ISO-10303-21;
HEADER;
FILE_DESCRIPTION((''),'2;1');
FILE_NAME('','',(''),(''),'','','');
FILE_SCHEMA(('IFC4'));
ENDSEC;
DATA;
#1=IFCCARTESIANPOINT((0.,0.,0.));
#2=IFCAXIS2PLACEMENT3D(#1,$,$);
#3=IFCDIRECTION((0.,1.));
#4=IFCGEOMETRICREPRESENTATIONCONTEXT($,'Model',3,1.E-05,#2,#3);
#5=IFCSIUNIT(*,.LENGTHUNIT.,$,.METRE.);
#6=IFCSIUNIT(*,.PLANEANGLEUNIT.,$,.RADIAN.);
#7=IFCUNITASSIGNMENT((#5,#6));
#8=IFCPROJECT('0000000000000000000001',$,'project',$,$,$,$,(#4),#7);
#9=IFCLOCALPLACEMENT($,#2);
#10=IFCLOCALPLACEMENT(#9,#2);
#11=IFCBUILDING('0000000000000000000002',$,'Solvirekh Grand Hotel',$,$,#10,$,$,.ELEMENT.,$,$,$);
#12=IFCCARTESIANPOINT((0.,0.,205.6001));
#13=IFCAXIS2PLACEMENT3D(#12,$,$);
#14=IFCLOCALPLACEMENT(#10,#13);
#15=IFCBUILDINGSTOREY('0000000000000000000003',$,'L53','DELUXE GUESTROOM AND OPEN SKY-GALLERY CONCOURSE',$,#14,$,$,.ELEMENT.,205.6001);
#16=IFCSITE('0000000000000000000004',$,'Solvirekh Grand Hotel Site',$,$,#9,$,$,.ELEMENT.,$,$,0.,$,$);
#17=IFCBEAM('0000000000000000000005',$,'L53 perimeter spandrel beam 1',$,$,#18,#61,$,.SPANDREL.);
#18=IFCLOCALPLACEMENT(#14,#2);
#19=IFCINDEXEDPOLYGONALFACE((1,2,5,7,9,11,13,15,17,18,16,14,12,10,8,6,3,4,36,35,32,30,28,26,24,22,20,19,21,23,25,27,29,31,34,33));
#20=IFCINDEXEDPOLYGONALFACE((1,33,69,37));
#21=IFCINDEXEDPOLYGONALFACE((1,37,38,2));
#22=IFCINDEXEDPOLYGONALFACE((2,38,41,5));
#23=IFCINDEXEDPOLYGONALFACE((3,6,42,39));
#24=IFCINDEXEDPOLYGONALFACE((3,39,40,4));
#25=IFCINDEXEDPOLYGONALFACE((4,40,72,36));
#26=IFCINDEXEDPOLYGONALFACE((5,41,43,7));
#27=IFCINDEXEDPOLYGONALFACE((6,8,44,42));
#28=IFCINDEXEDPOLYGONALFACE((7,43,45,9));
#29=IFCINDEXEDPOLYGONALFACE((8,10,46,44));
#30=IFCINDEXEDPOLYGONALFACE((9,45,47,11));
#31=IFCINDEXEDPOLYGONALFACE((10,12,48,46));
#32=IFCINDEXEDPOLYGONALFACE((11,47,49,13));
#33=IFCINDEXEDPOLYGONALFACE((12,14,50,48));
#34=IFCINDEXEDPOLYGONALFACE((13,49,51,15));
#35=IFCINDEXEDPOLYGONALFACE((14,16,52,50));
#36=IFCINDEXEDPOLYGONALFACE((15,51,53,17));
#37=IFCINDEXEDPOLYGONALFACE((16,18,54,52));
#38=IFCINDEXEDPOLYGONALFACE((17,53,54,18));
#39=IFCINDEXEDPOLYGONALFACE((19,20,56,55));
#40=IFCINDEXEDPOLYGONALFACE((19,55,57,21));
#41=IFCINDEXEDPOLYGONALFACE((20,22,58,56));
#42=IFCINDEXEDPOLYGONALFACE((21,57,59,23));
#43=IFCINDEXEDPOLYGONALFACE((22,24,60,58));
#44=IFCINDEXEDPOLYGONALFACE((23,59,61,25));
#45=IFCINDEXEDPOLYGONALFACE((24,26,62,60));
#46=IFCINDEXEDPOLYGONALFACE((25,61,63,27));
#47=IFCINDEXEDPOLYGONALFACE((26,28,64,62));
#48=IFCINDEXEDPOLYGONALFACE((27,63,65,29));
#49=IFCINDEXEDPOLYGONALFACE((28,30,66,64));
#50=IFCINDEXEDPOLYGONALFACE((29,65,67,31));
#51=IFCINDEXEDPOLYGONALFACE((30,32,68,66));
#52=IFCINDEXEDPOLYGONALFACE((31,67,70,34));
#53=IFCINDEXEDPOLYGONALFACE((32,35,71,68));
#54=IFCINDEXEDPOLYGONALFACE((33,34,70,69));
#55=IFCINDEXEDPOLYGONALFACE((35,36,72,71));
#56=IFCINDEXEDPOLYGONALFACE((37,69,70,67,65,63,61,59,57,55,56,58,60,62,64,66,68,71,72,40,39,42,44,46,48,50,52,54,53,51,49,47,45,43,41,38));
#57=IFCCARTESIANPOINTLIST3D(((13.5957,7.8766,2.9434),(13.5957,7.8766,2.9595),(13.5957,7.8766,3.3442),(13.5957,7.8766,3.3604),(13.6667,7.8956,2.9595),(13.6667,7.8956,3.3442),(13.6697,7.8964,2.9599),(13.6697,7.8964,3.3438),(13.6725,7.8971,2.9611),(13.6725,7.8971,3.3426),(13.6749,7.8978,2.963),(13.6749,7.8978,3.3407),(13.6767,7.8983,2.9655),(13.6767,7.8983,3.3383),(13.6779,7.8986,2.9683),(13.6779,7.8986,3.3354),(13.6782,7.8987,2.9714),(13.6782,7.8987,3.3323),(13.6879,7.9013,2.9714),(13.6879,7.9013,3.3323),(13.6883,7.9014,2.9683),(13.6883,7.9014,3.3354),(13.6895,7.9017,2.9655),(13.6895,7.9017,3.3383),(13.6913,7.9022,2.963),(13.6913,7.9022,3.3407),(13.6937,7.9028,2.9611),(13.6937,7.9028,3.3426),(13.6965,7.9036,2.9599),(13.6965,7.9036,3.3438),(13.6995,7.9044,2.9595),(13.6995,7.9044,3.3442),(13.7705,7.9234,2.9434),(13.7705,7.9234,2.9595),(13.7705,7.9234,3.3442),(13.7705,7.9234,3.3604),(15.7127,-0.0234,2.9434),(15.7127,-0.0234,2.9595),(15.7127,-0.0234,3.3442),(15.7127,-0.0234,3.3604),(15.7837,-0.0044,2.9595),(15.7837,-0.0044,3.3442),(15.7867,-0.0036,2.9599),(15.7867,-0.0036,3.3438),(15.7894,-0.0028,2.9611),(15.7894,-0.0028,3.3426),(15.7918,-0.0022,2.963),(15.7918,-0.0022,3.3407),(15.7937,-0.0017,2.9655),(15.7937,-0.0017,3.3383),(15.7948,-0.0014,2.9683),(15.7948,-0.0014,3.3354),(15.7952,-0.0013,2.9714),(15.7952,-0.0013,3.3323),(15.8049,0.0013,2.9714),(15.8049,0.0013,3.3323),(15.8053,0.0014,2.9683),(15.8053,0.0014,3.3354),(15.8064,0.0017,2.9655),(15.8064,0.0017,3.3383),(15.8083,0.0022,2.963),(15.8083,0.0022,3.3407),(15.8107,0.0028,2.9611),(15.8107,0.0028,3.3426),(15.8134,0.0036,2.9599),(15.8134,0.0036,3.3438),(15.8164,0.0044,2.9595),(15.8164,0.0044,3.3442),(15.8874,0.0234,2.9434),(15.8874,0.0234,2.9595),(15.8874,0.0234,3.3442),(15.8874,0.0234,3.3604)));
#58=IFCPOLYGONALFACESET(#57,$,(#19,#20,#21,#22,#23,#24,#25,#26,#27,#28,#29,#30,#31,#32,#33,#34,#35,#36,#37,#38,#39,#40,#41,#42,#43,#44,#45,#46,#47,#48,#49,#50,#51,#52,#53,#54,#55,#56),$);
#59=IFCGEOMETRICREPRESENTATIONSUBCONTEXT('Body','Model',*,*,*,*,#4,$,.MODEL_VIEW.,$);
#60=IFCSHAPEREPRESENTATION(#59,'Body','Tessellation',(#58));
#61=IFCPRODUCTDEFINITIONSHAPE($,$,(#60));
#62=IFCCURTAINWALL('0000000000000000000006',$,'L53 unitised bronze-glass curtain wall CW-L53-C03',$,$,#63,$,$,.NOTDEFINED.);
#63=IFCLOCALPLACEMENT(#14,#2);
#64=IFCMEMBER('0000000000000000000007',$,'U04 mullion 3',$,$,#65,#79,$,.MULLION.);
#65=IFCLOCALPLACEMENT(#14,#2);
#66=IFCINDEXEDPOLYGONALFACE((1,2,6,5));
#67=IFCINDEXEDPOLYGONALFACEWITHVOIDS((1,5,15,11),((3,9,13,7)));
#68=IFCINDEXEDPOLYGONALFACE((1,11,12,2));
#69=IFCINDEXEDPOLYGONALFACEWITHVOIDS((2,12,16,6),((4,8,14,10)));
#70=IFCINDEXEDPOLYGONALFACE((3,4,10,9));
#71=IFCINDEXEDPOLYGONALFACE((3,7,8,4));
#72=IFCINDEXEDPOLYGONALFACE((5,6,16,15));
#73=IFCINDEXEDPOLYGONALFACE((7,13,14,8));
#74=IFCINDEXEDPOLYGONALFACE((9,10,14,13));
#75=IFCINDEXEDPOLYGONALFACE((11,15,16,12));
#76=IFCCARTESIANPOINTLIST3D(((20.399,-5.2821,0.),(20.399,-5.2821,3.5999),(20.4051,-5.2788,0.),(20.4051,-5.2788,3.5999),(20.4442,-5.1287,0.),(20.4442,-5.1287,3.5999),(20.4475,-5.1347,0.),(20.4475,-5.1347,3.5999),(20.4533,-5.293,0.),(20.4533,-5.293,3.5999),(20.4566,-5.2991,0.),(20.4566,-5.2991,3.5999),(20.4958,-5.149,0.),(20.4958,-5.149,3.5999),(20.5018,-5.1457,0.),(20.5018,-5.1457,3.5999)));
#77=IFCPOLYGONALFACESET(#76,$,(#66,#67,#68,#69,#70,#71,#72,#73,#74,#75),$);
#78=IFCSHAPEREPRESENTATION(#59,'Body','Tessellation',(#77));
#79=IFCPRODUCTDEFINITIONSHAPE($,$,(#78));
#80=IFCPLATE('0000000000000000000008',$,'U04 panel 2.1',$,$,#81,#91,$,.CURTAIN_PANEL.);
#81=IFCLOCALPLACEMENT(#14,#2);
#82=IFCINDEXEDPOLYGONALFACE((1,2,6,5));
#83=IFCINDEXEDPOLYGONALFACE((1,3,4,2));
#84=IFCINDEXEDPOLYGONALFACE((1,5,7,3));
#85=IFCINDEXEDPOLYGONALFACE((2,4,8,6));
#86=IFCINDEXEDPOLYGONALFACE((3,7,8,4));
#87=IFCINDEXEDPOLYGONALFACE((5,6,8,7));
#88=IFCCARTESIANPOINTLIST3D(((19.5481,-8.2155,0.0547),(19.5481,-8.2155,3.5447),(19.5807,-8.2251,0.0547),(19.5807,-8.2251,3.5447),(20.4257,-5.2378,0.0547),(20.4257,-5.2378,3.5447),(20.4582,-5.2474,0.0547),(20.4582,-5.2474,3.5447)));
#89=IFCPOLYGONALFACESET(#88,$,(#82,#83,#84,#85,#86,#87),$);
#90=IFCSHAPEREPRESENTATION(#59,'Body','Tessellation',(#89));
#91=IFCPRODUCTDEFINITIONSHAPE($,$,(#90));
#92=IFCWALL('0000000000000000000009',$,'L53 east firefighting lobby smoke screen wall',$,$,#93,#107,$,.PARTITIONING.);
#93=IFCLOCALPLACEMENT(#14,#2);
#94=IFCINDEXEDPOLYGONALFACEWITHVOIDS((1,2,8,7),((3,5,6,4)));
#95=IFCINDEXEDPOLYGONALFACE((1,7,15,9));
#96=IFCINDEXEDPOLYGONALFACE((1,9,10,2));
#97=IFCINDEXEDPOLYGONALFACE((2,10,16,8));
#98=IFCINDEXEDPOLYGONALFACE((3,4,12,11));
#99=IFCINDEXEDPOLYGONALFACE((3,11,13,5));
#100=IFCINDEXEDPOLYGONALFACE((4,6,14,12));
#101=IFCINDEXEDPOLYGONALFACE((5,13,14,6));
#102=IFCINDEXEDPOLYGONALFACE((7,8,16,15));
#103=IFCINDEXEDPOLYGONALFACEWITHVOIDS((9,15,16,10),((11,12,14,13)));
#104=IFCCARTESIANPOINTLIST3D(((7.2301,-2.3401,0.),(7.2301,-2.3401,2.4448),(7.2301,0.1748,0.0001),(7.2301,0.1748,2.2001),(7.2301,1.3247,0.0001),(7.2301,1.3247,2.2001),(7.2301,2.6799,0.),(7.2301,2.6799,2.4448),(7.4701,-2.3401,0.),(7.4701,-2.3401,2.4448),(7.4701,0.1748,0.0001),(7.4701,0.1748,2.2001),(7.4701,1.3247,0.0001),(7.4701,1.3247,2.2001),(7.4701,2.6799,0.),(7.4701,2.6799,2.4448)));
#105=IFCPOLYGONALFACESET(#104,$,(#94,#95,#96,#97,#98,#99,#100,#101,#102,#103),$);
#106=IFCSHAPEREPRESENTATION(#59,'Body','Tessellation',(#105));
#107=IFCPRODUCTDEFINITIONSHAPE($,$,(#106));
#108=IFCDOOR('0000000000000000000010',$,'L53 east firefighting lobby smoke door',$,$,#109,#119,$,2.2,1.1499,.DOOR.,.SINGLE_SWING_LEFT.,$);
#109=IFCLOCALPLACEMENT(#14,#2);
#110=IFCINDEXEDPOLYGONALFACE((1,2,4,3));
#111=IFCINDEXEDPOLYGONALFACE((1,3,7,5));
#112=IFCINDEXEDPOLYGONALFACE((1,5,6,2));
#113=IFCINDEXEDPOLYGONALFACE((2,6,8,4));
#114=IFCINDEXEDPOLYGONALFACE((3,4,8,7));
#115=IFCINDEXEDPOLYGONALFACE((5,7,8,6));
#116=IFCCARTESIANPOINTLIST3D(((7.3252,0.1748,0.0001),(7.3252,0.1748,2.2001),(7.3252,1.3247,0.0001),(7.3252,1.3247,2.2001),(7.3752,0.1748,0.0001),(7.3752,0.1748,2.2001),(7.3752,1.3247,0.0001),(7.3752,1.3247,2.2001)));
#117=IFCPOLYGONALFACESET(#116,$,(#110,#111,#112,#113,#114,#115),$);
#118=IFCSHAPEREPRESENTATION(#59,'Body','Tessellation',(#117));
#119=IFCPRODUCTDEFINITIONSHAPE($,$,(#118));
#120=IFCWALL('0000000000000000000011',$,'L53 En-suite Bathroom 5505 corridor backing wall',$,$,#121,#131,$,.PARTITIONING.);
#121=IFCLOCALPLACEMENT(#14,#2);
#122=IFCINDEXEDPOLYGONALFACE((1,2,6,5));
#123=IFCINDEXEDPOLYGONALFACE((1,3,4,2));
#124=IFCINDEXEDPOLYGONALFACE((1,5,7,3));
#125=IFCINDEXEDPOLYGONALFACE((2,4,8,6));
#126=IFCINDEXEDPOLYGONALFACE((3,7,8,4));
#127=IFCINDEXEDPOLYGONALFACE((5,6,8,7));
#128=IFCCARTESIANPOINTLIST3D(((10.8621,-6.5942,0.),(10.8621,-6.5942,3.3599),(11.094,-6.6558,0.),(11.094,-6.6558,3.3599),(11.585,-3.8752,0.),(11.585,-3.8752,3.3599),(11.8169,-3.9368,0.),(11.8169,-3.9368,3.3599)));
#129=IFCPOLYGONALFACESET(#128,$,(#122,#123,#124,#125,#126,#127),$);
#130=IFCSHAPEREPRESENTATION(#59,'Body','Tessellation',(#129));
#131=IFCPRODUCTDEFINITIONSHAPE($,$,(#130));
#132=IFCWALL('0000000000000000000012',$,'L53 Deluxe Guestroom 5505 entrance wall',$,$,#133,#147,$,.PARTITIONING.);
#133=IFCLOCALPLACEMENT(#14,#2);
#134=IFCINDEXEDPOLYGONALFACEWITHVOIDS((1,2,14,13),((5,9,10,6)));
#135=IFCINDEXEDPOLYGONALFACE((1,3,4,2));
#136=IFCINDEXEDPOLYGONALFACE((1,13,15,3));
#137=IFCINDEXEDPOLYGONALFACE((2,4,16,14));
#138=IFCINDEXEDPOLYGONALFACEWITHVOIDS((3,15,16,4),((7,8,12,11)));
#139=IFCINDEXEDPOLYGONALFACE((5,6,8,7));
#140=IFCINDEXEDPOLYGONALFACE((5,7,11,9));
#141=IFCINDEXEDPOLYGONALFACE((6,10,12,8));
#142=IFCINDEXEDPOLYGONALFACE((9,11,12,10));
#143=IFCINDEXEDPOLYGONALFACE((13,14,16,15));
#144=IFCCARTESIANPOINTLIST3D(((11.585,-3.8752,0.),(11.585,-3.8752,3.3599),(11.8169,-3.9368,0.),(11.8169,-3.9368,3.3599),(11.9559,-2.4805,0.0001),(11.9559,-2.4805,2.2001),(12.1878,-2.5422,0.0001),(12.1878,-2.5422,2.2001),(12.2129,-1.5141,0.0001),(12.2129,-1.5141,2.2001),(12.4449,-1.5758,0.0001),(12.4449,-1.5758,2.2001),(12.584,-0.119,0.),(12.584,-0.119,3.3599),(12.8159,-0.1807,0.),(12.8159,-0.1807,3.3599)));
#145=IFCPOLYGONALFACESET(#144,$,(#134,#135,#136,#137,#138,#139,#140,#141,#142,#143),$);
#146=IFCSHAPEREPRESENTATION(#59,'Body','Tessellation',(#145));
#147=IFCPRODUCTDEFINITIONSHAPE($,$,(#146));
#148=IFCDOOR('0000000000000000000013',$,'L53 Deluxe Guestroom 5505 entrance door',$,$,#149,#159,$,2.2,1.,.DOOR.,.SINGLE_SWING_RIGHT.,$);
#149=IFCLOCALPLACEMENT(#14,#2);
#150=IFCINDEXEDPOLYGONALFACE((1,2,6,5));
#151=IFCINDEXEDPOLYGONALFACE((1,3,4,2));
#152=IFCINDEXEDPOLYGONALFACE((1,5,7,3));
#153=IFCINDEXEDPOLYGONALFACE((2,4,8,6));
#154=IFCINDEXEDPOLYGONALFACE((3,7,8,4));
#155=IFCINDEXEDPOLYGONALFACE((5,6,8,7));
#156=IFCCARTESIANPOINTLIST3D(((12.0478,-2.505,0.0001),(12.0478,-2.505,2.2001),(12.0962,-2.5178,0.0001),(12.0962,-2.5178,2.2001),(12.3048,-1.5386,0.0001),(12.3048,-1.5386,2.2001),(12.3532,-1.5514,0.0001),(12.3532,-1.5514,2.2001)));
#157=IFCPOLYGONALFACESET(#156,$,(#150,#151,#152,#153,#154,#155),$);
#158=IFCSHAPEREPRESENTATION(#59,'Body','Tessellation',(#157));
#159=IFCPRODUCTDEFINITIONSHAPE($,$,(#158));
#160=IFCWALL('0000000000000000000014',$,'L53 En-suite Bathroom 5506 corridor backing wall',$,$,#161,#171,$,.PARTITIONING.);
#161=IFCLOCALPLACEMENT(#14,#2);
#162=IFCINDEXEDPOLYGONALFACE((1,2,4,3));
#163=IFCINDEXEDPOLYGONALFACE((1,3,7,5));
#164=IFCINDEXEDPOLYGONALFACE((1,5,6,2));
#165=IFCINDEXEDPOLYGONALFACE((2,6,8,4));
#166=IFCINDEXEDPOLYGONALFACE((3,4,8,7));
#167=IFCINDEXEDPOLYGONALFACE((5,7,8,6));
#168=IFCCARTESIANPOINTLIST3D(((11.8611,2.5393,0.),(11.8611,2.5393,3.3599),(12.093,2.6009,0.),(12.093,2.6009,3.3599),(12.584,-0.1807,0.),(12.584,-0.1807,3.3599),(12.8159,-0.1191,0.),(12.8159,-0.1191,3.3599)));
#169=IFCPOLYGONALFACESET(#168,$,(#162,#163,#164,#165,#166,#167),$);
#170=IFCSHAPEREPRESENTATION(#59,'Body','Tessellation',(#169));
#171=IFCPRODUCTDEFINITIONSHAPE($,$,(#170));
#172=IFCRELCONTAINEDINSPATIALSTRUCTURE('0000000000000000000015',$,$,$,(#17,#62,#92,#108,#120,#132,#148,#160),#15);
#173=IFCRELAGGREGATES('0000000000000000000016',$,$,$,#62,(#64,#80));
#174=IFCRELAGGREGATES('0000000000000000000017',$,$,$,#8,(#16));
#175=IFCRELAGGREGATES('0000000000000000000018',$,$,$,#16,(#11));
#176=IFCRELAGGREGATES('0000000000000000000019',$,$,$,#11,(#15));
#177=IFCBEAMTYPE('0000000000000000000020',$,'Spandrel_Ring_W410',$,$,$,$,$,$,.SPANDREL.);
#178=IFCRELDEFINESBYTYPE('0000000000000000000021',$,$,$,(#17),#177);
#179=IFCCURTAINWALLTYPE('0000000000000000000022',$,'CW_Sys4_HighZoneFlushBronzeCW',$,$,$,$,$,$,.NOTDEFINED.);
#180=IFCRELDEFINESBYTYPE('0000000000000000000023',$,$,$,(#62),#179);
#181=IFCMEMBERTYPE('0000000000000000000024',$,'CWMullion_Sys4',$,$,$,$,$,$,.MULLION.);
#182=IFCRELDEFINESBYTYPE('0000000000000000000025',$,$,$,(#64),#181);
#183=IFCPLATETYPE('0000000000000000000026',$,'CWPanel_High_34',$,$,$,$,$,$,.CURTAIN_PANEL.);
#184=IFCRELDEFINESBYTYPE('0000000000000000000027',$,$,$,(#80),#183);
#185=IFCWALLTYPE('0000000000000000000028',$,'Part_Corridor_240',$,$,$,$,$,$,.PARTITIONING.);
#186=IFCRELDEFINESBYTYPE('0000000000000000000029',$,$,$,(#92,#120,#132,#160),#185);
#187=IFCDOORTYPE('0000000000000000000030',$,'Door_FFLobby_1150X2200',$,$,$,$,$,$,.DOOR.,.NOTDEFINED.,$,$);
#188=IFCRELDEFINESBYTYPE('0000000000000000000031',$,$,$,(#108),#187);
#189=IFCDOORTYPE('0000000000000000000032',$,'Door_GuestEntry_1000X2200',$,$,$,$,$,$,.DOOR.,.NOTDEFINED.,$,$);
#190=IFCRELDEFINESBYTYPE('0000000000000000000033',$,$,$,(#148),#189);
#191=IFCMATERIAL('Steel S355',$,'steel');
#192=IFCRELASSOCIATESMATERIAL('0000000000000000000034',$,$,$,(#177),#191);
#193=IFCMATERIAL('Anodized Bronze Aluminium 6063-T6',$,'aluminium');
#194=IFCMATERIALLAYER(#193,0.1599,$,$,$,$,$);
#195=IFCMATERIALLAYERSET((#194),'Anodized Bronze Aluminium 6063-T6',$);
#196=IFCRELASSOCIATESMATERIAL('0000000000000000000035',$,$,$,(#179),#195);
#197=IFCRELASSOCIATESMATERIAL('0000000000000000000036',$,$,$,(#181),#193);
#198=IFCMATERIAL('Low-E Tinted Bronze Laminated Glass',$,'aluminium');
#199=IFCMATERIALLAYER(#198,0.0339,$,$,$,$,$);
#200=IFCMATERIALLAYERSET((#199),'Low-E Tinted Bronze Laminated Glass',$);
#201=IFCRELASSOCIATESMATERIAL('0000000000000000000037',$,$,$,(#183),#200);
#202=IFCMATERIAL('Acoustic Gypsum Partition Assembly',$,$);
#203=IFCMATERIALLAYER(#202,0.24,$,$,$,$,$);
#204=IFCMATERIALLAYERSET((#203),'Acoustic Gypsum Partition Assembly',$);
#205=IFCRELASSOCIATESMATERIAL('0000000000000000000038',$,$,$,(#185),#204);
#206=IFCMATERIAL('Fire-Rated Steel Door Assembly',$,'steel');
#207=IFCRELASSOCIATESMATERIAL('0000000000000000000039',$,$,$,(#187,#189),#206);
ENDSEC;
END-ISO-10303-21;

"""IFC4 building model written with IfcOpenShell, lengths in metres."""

from ifc_helpers import new_model, si_unit, direction, frame, frame_2d, origin, origin_2d, place, context, subcontext, project, spatial, rectangle, hollow_rectangle, i_section, extrude, source, transform, mapped, material, layer, layer_set, material_profile, profile_set, type_object, element, fill, aggregate, save


model = new_model("IFC4")

# Units and contexts
model_context = context("Model", 3, precision=1e-05, world=origin(), true_north=direction((0.0, 1.0)))
body_context = subcontext(model_context, "Body", "Model", "MODEL_VIEW")
ifc_project = project(units=[si_unit("LENGTHUNIT", "METRE"), si_unit("PLANEANGLEUNIT", "RADIAN")], contexts=[model_context])

# Site, building, storey
site_placement = place(None, origin())
site = spatial("IfcSite", under=ifc_project, at=site_placement, Name="Solvirekh Grand Hotel Site", CompositionType="ELEMENT", RefElevation=0.0)
building_placement = place(site_placement, origin())
building = spatial("IfcBuilding", under=site, at=building_placement, Name="Solvirekh Grand Hotel", CompositionType="ELEMENT")
storey_placement = place(building_placement, frame((0.0, 0.0, 205.6001)))
storey = spatial("IfcBuildingStorey", under=building, at=storey_placement, Name="L53", Description="DELUXE GUESTROOM AND OPEN SKY-GALLERY CONCOURSE", CompositionType="ELEMENT", Elevation=205.6001)

# Beam
ifc_material_1 = material(Name="Steel S355", Category="steel")
ifc_material_profile_1 = material_profile(ifc_material_1, i_section(OverallWidth=0.1809, OverallDepth=0.417, WebThickness=0.01, FlangeThickness=0.0161, FilletRadius=0.012, at=origin_2d()), Name="W410X85")
ifc_profile_set_1 = profile_set([ifc_material_profile_1], Name="Steel S355")
beam_type_1 = type_object("IfcBeamType", Name="Spandrel_Ring_W410", PredefinedType="SPANDREL", material=ifc_profile_set_1)
beam_1_placement = place(storey_placement, frame((15.8, 0.0, 3.1519), z_axis=(-0.258839, 0.965921, 0.0), x_axis=(-0.965921, -0.258839, 0.0)))
element("IfcBeam", 1, at=beam_1_placement, inside=storey, type_object=beam_type_1, Name="L53 perimeter spandrel beam 1", PredefinedType="SPANDREL", context=body_context, shape_type="SweptSolid", body=[
    extrude(i_section(OverallWidth=0.1809, OverallDepth=0.417, WebThickness=0.01, FlangeThickness=0.0161, FilletRadius=0.012, at=origin_2d()), origin(), (0.0, 0.0, 1.0), 8.1787),
])

# Curtain wall, member, plate
ifc_material_2 = material(Name="Anodized Bronze Aluminium 6063-T6", Category="aluminium")
ifc_layer_1 = layer(ifc_material_2, 0.1599)
ifc_layer_set_1 = layer_set([ifc_layer_1], Name="Anodized Bronze Aluminium 6063-T6")
curtain_wall_type = type_object("IfcCurtainWallType", Name="CW_Sys4_HighZoneFlushBronzeCW", PredefinedType="NOTDEFINED", material=ifc_layer_set_1)
curtain_wall_placement = place(storey_placement, origin())
curtain_wall = element("IfcCurtainWall", 2, at=curtain_wall_placement, inside=storey, type_object=curtain_wall_type, Name="L53 unitised bronze-glass curtain wall CW-L53-C03", PredefinedType="NOTDEFINED")
ifc_material_profile_2 = material_profile(ifc_material_2, hollow_rectangle(XDim=0.0601, YDim=0.1599, WallThickness=0.0049, at=origin_2d()), Name="ALU RHS 160X60X5")
ifc_profile_set_2 = profile_set([ifc_material_profile_2], Name="Anodized Bronze Aluminium 6063-T6")
member_type = type_object("IfcMemberType", Name="CWMullion_Sys4", PredefinedType="MULLION", material=ifc_profile_set_2)
shared_shape_1 = source(origin(), body_context, "Body", "SweptSolid", [
    extrude(hollow_rectangle(XDim=0.0601, YDim=0.1599, WallThickness=0.0049, at=origin_2d()), origin(), (0.0, 0.0, 1.0), 3.5999),
])
member_placement = place(storey_placement, frame((20.4504, -5.2139, 0.0), z_axis=(0.0, 0.0, 1.0), x_axis=(-0.959211, 0.282692, 0.0)))
member = element("IfcMember", 3, at=member_placement, type_object=member_type, Name="U04 mullion 3", PredefinedType="MULLION", context=body_context, shape_type="MappedRepresentation", body=[
    mapped(shared_shape_1, transform((0.0, 0.0, 0.0), x_axis=(1.0, 0.0, 0.0), y_axis=(0.0, 1.0, 0.0), z_axis=(0.0, 0.0, 1.0), scale=1.0)),
])
ifc_material_3 = material(Name="Low-E Tinted Bronze Laminated Glass", Category="aluminium")
ifc_layer_2 = layer(ifc_material_3, 0.0339)
ifc_layer_set_2 = layer_set([ifc_layer_2], Name="Low-E Tinted Bronze Laminated Glass")
plate_type = type_object("IfcPlateType", Name="CWPanel_High_34", PredefinedType="CURTAIN_PANEL", material=ifc_layer_set_2)
shared_shape_2 = source(origin(), body_context, "Body", "SweptSolid", [
    extrude(rectangle(XDim=3.1042, YDim=0.0339, at=origin_2d()), origin(), (0.0, 0.0, 1.0), 3.49),
])
plate_placement = place(storey_placement, frame((20.0032, -6.7314, 0.0547), z_axis=(0.0, 0.0, 1.0), x_axis=(0.282692, 0.959211, 0.0)))
plate = element("IfcPlate", 4, at=plate_placement, type_object=plate_type, Name="U04 panel 2.1", PredefinedType="CURTAIN_PANEL", context=body_context, shape_type="MappedRepresentation", body=[
    mapped(shared_shape_2, transform((0.0, 0.0, 0.0), x_axis=(1.0, 0.0, 0.0), y_axis=(0.0, 1.0, 0.0), z_axis=(0.0, 0.0, 1.0), scale=1.0)),
])
aggregate(curtain_wall, [member, plate])

# Wall, opening, door
ifc_material_4 = material(Name="Acoustic Gypsum Partition Assembly")
ifc_layer_3 = layer(ifc_material_4, 0.24)
ifc_layer_set_3 = layer_set([ifc_layer_3], Name="Acoustic Gypsum Partition Assembly")
wall_type_1 = type_object("IfcWallType", Name="Part_Corridor_240", PredefinedType="PARTITIONING", material=ifc_layer_set_3)
wall_1_placement = place(storey_placement, frame((7.3501, -2.3401, 0.0), z_axis=(0.0, 0.0, 1.0), x_axis=(0.0, 1.0, 0.0)))
wall_1 = element("IfcWall", 5, at=wall_1_placement, inside=storey, type_object=wall_type_1, Name="L53 east firefighting lobby smoke screen wall", PredefinedType="PARTITIONING", context=body_context, shape_type="SweptSolid", body=[
    extrude(rectangle(XDim=5.02, YDim=0.24, at=frame_2d((2.51, 0.0))), origin(), (0.0, 0.0, 1.0), 2.4448),
])
opening_1_placement = place(wall_1_placement, frame((2.5149, 0.0, 0.0)))
opening_1 = element("IfcOpeningElement", 6, at=opening_1_placement, cuts=wall_1, PredefinedType="OPENING", context=body_context, shape_type="SweptSolid", body=[
    extrude(rectangle(XDim=1.1499, YDim=2.2, at=frame_2d((0.575, 1.1001))), frame((0.0, 0.1299, 0.0), z_axis=(0.0, -1.0, 0.0), x_axis=(1.0, 0.0, 0.0)), (0.0, 0.0, 1.0), 0.26),
])
ifc_material_5 = material(Name="Fire-Rated Steel Door Assembly", Category="steel")
door_type_1 = type_object("IfcDoorType", Name="Door_FFLobby_1150X2200", OperationType="NOTDEFINED", PredefinedType="DOOR", material=ifc_material_5)
door_1_placement = place(opening_1_placement, origin())
door_1 = element("IfcDoor", 7, at=door_1_placement, inside=storey, type_object=door_type_1, Name="L53 east firefighting lobby smoke door", OperationType="SINGLE_SWING_LEFT", OverallHeight=2.2, OverallWidth=1.1499, PredefinedType="DOOR", context=body_context, shape_type="SweptSolid", body=[
    extrude(rectangle(XDim=1.1499, YDim=2.2, at=frame_2d((0.575, 1.1001))), frame((0.0, 0.0249, 0.0), z_axis=(0.0, -1.0, 0.0), x_axis=(1.0, 0.0, 0.0)), (0.0, 0.0, 1.0), 0.05),
])
fill(opening_1, door_1)

# Wall
wall_2_placement = place(storey_placement, frame((10.978, -6.625, 0.0), z_axis=(0.0, 0.0, 1.0), x_axis=(0.256944, 0.966426, 0.0)))
element("IfcWall", 8, at=wall_2_placement, inside=storey, type_object=wall_type_1, Name="L53 En-suite Bathroom 5505 corridor backing wall", PredefinedType="PARTITIONING", context=body_context, shape_type="SweptSolid", body=[
    extrude(rectangle(XDim=2.8135, YDim=0.24, at=frame_2d((1.4067, 0.0))), origin(), (0.0, 0.0, 1.0), 3.3599),
])

# Wall, opening, door
wall_3_placement = place(storey_placement, frame((11.7009, -3.906, 0.0), z_axis=(0.0, 0.0, 1.0), x_axis=(0.257037, 0.966402, 0.0)))
wall_3 = element("IfcWall", 9, at=wall_3_placement, inside=storey, type_object=wall_type_1, Name="L53 Deluxe Guestroom 5505 entrance wall", PredefinedType="PARTITIONING", context=body_context, shape_type="SweptSolid", body=[
    extrude(rectangle(XDim=3.8867, YDim=0.24, at=frame_2d((1.9434, 0.0))), origin(), (0.0, 0.0, 1.0), 3.3599),
])
opening_2_placement = place(wall_3_placement, frame((1.4431, 0.0, 0.0)))
opening_2 = element("IfcOpeningElement", 10, at=opening_2_placement, cuts=wall_3, PredefinedType="OPENING", context=body_context, shape_type="SweptSolid", body=[
    extrude(rectangle(XDim=1.0, YDim=2.2, at=frame_2d((0.5, 1.1001))), frame((0.0, 0.1299, 0.0), z_axis=(0.0, -1.0, 0.0), x_axis=(1.0, 0.0, 0.0)), (0.0, 0.0, 1.0), 0.26),
])
door_type_2 = type_object("IfcDoorType", Name="Door_GuestEntry_1000X2200", OperationType="NOTDEFINED", PredefinedType="DOOR", material=ifc_material_5)
door_2_placement = place(opening_2_placement, origin())
door_2 = element("IfcDoor", 11, at=door_2_placement, inside=storey, type_object=door_type_2, Name="L53 Deluxe Guestroom 5505 entrance door", OperationType="SINGLE_SWING_RIGHT", OverallHeight=2.2, OverallWidth=1.0, PredefinedType="DOOR", context=body_context, shape_type="SweptSolid", body=[
    extrude(rectangle(XDim=1.0, YDim=2.2, at=frame_2d((0.5, 1.1001))), frame((0.0, 0.0249, 0.0), z_axis=(0.0, -1.0, 0.0), x_axis=(1.0, 0.0, 0.0)), (0.0, 0.0, 1.0), 0.05),
])
fill(opening_2, door_2)

# Wall
wall_4_placement = place(storey_placement, frame((12.7, -0.1499, 0.0), z_axis=(0.0, 0.0, 1.0), x_axis=(-0.256858, 0.966449, 0.0)))
element("IfcWall", 12, at=wall_4_placement, inside=storey, type_object=wall_type_1, Name="L53 En-suite Bathroom 5506 corridor backing wall", PredefinedType="PARTITIONING", context=body_context, shape_type="SweptSolid", body=[
    extrude(rectangle(XDim=2.8145, YDim=0.24, at=frame_2d((1.4072, 0.0))), origin(), (0.0, 0.0, 1.0), 3.3599),
])

save(model, "model.ifc")
